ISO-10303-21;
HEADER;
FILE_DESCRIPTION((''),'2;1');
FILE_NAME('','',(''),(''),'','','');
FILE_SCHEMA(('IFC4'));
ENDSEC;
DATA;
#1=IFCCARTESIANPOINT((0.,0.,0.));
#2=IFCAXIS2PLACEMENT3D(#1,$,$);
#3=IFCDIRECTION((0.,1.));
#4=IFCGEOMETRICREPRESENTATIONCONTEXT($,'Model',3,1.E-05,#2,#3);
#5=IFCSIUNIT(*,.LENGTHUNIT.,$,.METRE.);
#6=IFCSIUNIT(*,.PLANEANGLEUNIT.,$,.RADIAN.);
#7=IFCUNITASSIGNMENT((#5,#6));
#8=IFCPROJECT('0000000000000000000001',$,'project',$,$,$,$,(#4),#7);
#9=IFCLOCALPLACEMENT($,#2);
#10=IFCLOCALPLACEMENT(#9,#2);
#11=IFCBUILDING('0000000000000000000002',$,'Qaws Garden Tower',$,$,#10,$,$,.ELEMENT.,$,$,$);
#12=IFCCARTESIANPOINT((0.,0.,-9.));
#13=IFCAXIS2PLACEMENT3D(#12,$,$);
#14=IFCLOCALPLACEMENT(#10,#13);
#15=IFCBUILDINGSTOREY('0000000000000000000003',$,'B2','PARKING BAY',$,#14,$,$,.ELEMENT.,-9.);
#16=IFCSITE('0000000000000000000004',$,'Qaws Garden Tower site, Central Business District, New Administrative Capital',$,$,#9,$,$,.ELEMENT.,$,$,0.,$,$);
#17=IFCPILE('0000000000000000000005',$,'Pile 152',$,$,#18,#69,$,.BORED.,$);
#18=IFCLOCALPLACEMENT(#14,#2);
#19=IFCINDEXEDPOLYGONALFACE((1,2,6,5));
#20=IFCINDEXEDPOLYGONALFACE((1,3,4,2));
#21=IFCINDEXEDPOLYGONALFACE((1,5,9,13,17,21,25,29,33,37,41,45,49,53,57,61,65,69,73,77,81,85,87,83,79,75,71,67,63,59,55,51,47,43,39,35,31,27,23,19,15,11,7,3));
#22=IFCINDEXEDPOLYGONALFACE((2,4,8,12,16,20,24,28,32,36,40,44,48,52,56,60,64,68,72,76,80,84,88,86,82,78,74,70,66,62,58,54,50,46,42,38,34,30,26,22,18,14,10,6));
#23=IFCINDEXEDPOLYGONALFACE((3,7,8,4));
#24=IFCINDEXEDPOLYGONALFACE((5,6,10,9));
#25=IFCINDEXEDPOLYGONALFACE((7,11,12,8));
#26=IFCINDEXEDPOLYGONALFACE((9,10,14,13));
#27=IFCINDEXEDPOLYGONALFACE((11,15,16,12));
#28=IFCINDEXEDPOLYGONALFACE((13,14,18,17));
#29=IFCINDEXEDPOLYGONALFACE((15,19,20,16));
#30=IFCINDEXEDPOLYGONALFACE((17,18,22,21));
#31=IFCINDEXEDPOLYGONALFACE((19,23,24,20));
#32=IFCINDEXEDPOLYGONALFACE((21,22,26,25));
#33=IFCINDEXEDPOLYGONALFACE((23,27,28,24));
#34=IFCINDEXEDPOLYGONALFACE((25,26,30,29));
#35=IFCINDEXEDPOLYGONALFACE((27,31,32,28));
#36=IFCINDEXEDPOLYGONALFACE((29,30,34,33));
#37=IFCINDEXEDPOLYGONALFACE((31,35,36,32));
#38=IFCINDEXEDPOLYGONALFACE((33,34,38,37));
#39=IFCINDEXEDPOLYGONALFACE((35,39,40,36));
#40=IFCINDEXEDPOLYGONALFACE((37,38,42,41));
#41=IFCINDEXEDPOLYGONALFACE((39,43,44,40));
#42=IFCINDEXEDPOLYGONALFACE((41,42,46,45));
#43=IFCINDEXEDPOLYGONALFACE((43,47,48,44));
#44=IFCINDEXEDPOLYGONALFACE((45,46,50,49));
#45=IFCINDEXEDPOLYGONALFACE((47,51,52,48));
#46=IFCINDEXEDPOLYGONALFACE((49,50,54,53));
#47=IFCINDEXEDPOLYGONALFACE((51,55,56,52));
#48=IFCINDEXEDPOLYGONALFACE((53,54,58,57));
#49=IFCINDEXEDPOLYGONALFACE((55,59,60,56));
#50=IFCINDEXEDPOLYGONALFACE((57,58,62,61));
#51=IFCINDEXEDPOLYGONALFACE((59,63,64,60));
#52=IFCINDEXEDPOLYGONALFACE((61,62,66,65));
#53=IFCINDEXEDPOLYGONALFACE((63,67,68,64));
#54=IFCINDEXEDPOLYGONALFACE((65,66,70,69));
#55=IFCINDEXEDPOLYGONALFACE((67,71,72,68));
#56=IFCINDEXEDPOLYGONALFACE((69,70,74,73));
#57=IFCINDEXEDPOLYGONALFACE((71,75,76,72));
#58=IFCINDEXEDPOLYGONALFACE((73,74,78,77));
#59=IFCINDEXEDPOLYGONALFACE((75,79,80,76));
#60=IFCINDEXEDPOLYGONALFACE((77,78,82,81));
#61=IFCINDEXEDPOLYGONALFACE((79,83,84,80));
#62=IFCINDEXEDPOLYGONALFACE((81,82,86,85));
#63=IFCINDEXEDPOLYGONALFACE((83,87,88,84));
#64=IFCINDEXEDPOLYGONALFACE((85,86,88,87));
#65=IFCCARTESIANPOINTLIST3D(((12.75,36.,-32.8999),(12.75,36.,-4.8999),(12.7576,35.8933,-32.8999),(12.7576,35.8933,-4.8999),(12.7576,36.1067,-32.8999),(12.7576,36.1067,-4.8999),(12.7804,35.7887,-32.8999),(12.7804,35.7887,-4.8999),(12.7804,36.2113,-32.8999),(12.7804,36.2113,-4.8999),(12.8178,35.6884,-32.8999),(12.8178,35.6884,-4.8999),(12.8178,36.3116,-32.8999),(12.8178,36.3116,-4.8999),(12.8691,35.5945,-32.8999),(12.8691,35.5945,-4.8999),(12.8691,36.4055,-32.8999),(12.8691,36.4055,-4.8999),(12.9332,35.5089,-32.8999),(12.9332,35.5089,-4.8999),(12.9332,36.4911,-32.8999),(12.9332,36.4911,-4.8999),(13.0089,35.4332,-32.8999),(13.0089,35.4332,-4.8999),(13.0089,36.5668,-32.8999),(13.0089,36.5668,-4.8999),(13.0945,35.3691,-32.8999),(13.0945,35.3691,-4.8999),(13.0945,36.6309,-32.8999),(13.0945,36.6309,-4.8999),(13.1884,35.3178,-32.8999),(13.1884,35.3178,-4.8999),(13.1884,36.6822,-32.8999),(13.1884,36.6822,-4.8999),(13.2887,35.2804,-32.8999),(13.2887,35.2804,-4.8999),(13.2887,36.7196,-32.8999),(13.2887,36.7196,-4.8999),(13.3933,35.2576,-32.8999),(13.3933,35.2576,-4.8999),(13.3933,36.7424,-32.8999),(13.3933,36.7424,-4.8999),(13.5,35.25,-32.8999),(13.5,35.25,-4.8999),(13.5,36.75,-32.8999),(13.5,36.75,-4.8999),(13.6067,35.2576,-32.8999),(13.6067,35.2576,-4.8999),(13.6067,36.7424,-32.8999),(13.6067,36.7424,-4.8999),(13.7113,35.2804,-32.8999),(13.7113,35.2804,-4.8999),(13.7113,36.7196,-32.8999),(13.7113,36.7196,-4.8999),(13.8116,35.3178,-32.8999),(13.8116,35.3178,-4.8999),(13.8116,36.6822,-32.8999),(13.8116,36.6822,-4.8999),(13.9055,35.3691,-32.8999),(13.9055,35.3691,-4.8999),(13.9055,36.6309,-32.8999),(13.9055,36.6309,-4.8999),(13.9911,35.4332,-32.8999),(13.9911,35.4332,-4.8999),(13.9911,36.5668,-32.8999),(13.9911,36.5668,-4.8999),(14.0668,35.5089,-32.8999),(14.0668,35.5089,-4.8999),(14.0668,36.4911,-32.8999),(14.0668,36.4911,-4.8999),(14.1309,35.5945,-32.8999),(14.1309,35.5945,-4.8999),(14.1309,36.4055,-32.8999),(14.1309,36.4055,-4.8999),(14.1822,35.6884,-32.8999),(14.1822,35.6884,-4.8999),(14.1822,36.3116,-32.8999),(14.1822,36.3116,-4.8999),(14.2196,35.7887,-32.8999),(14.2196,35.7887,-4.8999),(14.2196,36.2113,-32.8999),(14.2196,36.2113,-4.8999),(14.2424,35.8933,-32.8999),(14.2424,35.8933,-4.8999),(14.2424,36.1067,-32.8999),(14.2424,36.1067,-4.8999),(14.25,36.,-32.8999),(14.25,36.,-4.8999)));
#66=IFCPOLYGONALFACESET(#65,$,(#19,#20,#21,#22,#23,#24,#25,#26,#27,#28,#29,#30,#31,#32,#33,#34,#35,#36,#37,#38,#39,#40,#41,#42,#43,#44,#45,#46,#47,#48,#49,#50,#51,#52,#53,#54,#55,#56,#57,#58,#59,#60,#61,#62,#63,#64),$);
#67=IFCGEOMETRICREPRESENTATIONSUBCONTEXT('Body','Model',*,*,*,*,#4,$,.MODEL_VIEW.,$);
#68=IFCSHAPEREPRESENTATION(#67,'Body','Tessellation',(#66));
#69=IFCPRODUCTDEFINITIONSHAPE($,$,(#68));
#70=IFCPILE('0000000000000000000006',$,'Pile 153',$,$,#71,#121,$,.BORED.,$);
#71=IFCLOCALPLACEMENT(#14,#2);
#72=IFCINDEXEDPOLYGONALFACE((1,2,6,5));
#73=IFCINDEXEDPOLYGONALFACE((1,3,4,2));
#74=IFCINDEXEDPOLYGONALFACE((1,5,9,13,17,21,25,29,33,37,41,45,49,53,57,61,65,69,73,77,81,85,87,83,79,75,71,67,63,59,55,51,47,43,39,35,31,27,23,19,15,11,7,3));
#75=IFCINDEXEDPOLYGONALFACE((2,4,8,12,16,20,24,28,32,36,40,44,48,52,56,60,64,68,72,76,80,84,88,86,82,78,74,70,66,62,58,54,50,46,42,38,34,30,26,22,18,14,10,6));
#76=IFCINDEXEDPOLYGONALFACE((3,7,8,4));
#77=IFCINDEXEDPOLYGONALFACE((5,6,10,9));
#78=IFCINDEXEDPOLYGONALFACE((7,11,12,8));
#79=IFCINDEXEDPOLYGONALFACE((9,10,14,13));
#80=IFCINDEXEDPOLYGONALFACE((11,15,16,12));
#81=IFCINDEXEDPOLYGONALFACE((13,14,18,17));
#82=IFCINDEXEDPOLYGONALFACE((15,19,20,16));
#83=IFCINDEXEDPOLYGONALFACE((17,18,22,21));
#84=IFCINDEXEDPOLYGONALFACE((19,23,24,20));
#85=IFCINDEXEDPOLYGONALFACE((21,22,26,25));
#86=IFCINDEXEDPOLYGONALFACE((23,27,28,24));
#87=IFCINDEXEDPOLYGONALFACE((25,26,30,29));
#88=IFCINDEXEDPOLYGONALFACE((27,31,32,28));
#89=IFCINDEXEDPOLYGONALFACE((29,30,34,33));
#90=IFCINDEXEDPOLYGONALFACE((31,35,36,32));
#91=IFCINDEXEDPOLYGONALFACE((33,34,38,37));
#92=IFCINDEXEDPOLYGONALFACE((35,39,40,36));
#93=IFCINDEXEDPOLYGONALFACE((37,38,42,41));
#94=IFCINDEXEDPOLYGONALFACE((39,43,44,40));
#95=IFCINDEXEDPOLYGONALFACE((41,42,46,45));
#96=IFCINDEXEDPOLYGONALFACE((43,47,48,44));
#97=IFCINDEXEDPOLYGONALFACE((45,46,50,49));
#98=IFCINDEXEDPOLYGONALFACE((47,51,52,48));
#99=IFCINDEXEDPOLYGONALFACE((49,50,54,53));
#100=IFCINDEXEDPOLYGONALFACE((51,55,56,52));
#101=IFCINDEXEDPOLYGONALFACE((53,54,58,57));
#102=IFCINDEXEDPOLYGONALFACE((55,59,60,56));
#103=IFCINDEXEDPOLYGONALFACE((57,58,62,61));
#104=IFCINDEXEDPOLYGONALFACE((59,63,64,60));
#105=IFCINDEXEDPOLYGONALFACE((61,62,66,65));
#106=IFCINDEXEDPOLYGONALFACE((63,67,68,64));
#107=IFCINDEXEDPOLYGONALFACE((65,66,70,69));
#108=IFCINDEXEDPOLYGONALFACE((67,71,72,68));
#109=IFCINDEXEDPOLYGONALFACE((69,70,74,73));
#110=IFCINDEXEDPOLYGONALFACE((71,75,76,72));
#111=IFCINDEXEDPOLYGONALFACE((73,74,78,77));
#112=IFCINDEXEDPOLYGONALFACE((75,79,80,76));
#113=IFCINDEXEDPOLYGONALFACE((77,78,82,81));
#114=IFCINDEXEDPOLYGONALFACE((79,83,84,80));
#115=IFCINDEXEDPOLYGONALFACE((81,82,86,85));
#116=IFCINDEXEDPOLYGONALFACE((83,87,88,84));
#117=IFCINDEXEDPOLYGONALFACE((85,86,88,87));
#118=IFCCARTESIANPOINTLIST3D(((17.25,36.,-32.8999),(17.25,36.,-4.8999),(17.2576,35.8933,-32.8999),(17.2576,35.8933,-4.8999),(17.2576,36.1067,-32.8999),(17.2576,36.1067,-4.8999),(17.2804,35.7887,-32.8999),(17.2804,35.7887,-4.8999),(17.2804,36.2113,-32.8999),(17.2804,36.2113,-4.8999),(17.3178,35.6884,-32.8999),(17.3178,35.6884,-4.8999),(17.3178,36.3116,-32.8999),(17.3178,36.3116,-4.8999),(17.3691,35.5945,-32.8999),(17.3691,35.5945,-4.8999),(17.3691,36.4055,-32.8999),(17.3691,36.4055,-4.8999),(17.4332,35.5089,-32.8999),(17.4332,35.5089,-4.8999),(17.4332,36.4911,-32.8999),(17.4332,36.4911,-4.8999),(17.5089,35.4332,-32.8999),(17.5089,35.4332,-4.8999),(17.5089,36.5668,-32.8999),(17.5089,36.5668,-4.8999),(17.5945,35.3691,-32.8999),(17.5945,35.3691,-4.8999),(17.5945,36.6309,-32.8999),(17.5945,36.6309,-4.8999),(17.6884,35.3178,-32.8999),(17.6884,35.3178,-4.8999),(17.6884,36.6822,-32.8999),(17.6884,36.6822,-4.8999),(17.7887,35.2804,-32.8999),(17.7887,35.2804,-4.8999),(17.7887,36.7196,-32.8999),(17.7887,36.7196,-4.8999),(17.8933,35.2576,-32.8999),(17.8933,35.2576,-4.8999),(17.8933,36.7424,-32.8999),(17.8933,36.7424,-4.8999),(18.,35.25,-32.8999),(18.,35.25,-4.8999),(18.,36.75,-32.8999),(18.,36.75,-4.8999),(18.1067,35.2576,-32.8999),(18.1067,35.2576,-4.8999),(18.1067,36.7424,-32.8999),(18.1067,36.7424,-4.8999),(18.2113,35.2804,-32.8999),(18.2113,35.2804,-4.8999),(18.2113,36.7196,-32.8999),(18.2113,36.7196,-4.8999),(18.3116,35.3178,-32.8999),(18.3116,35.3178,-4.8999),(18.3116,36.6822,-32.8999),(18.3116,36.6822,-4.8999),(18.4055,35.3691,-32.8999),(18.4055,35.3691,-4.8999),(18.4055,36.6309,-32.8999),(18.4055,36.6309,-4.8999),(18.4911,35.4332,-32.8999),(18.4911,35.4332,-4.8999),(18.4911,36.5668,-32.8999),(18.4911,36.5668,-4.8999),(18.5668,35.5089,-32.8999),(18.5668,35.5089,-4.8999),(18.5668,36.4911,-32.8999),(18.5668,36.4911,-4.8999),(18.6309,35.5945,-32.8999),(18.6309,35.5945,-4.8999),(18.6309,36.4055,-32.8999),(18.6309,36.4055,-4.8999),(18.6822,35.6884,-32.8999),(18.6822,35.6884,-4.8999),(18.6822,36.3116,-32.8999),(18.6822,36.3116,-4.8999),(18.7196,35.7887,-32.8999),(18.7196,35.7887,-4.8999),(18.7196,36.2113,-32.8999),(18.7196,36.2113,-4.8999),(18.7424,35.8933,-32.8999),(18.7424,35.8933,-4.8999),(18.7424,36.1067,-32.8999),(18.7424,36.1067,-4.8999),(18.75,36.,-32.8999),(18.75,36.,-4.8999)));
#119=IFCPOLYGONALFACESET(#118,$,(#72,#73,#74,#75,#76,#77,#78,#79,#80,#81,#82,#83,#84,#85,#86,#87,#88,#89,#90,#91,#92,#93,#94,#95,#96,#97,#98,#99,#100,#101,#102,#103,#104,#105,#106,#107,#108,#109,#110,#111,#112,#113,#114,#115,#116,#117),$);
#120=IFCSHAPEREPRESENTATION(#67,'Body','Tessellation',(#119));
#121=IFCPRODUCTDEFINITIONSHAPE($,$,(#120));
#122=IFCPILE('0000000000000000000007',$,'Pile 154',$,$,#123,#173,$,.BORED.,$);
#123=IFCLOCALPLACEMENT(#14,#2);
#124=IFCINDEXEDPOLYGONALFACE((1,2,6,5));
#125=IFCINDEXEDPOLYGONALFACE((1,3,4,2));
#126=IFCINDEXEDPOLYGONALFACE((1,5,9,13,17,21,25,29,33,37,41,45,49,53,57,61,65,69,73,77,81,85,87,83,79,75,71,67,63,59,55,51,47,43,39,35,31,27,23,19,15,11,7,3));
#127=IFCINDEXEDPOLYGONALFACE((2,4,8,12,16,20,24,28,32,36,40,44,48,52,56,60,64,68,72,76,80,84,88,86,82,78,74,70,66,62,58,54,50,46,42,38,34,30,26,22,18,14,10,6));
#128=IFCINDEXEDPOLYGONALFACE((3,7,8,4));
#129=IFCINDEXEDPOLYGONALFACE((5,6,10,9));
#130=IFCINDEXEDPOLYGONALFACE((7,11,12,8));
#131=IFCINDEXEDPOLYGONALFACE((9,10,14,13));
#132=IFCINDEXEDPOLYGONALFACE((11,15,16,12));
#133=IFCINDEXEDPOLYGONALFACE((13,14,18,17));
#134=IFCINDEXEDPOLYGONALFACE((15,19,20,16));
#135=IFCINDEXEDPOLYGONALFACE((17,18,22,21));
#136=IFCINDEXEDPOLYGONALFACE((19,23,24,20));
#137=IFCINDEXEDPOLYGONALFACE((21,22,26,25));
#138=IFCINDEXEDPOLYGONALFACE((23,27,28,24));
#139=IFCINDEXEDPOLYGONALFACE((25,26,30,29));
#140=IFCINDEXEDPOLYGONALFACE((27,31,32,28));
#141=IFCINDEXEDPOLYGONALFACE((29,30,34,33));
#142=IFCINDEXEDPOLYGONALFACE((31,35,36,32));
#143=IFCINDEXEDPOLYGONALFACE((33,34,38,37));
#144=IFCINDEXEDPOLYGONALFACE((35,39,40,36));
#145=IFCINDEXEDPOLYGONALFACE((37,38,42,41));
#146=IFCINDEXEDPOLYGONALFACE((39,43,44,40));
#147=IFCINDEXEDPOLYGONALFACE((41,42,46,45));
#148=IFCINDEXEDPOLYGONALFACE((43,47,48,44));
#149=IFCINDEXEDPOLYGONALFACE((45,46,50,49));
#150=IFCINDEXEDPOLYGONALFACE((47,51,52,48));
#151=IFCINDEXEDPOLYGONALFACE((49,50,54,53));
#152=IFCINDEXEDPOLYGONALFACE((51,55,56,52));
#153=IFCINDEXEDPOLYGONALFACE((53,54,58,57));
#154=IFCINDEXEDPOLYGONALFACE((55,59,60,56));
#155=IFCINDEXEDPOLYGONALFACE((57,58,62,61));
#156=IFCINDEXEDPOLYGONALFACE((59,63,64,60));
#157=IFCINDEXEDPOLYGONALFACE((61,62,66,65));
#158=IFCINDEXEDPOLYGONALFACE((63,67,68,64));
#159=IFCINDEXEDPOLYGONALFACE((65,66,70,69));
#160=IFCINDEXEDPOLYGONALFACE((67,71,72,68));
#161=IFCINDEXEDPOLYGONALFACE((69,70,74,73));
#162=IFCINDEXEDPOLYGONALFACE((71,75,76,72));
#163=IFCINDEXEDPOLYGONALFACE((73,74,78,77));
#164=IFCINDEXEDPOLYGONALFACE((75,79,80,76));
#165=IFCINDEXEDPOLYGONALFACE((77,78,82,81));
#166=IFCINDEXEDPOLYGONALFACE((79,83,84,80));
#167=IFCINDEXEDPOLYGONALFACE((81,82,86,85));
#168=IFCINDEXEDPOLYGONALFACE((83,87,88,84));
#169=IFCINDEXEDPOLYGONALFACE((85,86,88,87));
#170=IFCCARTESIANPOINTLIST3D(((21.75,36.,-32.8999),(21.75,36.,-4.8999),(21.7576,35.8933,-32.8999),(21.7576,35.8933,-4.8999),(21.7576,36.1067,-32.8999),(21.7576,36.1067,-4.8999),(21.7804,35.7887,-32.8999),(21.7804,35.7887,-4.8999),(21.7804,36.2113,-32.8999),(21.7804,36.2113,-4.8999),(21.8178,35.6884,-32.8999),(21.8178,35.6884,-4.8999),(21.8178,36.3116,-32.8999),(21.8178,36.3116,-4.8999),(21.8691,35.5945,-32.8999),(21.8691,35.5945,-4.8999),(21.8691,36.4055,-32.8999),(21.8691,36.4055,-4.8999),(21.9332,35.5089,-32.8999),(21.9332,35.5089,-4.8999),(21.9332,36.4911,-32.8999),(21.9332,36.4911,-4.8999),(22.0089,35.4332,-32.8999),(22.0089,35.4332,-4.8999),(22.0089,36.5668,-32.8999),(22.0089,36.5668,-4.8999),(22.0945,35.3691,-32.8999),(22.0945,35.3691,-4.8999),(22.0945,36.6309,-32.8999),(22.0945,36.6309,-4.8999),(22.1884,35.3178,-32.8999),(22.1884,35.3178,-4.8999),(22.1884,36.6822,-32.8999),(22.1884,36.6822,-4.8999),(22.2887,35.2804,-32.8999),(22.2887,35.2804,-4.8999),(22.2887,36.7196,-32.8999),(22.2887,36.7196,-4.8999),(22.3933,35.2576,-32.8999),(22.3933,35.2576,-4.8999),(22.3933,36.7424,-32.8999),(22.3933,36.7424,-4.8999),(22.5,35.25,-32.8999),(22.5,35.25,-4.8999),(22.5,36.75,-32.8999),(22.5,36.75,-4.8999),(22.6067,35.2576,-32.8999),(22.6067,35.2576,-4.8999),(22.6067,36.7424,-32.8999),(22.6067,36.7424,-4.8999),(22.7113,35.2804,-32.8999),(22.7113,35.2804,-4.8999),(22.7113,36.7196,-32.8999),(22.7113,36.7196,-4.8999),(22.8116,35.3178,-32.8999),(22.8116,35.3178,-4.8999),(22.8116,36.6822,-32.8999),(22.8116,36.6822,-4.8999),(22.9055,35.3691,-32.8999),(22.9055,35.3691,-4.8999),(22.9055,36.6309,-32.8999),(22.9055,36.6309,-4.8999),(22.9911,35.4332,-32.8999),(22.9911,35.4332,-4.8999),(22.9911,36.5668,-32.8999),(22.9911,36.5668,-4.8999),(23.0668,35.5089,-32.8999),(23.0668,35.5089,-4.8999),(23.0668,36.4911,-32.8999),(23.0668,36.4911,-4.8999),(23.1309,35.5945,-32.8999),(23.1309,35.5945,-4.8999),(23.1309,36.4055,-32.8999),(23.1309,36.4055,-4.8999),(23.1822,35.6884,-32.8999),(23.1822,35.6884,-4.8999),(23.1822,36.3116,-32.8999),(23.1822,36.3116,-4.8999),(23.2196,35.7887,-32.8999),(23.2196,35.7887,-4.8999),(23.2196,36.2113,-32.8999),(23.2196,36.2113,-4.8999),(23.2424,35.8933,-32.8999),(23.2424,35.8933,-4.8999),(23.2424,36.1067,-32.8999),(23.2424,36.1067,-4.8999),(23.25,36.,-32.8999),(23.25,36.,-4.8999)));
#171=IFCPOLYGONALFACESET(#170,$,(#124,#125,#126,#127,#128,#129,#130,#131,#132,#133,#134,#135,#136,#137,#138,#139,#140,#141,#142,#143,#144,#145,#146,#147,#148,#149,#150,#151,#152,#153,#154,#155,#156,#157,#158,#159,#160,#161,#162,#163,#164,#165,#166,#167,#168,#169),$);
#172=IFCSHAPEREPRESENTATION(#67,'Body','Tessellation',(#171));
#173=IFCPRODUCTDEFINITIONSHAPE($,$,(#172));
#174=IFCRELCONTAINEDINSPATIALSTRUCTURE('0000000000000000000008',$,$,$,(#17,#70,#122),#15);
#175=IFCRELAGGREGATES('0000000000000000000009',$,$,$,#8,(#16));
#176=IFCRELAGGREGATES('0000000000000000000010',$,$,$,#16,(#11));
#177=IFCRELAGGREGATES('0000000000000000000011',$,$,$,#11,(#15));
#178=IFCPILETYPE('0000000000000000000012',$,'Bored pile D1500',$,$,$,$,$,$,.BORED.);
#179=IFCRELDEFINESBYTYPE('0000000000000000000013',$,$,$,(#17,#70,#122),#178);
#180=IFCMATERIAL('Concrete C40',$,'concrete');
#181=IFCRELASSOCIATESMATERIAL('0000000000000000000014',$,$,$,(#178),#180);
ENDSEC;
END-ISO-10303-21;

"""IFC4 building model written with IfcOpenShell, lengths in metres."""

from ifc_helpers import new_model, si_unit, direction, frame, origin, origin_2d, place, context, subcontext, project, spatial, circle, extrude, material, material_profile, profile_set, type_object, element, save


model = new_model("IFC4")

# Units and contexts
model_context = context("Model", 3, precision=1e-05, world=origin(), true_north=direction((0.0, 1.0)))
body_context = subcontext(model_context, "Body", "Model", "MODEL_VIEW")
ifc_project = project(units=[si_unit("LENGTHUNIT", "METRE"), si_unit("PLANEANGLEUNIT", "RADIAN")], contexts=[model_context])

# Site, building, storey
site_placement = place(None, origin())
site = spatial("IfcSite", under=ifc_project, at=site_placement, Name="Qaws Garden Tower site, Central Business District, New Administrative Capital", CompositionType="ELEMENT", RefElevation=0.0)
building_placement = place(site_placement, origin())
building = spatial("IfcBuilding", under=site, at=building_placement, Name="Qaws Garden Tower", CompositionType="ELEMENT")
storey_placement = place(building_placement, frame((0.0, 0.0, -9.0)))
storey = spatial("IfcBuildingStorey", under=building, at=storey_placement, Name="B2", Description="PARKING BAY", CompositionType="ELEMENT", Elevation=-9.0)

# Piles
ifc_material_1 = material(Name="Concrete C40", Category="concrete")
ifc_material_profile_1 = material_profile(ifc_material_1, circle(Radius=0.75, at=origin_2d()), Name="Bored pile D1500")
ifc_profile_set_1 = profile_set([ifc_material_profile_1], Name="Concrete C40")
pile_type = type_object("IfcPileType", Name="Bored pile D1500", PredefinedType="BORED", material=ifc_profile_set_1)
for number, where, z_axis, x_axis, name in (
    (1, (13.5, 36.0, -4.8999), (0.0, 0.0, -1.0), (1.0, 0.0, 0.0), "Pile 152"),
    (2, (18.0, 36.0, -4.8999), (0.0, 0.0, -1.0), (1.0, 0.0, 0.0), "Pile 153"),
    (3, (22.5, 36.0, -4.8999), (0.0, 0.0, -1.0), (1.0, 0.0, 0.0), "Pile 154"),
):
    element("IfcPile", number, at=place(storey_placement, frame(where, z_axis=z_axis, x_axis=x_axis)), inside=storey, type_object=pile_type, Name=name, PredefinedType="BORED", context=body_context, shape_type="SweptSolid", body=[
        extrude(circle(Radius=0.75, at=origin_2d()), origin(), (0.0, 0.0, 1.0), 28.0),
    ])

save(model, "model.ifc")
